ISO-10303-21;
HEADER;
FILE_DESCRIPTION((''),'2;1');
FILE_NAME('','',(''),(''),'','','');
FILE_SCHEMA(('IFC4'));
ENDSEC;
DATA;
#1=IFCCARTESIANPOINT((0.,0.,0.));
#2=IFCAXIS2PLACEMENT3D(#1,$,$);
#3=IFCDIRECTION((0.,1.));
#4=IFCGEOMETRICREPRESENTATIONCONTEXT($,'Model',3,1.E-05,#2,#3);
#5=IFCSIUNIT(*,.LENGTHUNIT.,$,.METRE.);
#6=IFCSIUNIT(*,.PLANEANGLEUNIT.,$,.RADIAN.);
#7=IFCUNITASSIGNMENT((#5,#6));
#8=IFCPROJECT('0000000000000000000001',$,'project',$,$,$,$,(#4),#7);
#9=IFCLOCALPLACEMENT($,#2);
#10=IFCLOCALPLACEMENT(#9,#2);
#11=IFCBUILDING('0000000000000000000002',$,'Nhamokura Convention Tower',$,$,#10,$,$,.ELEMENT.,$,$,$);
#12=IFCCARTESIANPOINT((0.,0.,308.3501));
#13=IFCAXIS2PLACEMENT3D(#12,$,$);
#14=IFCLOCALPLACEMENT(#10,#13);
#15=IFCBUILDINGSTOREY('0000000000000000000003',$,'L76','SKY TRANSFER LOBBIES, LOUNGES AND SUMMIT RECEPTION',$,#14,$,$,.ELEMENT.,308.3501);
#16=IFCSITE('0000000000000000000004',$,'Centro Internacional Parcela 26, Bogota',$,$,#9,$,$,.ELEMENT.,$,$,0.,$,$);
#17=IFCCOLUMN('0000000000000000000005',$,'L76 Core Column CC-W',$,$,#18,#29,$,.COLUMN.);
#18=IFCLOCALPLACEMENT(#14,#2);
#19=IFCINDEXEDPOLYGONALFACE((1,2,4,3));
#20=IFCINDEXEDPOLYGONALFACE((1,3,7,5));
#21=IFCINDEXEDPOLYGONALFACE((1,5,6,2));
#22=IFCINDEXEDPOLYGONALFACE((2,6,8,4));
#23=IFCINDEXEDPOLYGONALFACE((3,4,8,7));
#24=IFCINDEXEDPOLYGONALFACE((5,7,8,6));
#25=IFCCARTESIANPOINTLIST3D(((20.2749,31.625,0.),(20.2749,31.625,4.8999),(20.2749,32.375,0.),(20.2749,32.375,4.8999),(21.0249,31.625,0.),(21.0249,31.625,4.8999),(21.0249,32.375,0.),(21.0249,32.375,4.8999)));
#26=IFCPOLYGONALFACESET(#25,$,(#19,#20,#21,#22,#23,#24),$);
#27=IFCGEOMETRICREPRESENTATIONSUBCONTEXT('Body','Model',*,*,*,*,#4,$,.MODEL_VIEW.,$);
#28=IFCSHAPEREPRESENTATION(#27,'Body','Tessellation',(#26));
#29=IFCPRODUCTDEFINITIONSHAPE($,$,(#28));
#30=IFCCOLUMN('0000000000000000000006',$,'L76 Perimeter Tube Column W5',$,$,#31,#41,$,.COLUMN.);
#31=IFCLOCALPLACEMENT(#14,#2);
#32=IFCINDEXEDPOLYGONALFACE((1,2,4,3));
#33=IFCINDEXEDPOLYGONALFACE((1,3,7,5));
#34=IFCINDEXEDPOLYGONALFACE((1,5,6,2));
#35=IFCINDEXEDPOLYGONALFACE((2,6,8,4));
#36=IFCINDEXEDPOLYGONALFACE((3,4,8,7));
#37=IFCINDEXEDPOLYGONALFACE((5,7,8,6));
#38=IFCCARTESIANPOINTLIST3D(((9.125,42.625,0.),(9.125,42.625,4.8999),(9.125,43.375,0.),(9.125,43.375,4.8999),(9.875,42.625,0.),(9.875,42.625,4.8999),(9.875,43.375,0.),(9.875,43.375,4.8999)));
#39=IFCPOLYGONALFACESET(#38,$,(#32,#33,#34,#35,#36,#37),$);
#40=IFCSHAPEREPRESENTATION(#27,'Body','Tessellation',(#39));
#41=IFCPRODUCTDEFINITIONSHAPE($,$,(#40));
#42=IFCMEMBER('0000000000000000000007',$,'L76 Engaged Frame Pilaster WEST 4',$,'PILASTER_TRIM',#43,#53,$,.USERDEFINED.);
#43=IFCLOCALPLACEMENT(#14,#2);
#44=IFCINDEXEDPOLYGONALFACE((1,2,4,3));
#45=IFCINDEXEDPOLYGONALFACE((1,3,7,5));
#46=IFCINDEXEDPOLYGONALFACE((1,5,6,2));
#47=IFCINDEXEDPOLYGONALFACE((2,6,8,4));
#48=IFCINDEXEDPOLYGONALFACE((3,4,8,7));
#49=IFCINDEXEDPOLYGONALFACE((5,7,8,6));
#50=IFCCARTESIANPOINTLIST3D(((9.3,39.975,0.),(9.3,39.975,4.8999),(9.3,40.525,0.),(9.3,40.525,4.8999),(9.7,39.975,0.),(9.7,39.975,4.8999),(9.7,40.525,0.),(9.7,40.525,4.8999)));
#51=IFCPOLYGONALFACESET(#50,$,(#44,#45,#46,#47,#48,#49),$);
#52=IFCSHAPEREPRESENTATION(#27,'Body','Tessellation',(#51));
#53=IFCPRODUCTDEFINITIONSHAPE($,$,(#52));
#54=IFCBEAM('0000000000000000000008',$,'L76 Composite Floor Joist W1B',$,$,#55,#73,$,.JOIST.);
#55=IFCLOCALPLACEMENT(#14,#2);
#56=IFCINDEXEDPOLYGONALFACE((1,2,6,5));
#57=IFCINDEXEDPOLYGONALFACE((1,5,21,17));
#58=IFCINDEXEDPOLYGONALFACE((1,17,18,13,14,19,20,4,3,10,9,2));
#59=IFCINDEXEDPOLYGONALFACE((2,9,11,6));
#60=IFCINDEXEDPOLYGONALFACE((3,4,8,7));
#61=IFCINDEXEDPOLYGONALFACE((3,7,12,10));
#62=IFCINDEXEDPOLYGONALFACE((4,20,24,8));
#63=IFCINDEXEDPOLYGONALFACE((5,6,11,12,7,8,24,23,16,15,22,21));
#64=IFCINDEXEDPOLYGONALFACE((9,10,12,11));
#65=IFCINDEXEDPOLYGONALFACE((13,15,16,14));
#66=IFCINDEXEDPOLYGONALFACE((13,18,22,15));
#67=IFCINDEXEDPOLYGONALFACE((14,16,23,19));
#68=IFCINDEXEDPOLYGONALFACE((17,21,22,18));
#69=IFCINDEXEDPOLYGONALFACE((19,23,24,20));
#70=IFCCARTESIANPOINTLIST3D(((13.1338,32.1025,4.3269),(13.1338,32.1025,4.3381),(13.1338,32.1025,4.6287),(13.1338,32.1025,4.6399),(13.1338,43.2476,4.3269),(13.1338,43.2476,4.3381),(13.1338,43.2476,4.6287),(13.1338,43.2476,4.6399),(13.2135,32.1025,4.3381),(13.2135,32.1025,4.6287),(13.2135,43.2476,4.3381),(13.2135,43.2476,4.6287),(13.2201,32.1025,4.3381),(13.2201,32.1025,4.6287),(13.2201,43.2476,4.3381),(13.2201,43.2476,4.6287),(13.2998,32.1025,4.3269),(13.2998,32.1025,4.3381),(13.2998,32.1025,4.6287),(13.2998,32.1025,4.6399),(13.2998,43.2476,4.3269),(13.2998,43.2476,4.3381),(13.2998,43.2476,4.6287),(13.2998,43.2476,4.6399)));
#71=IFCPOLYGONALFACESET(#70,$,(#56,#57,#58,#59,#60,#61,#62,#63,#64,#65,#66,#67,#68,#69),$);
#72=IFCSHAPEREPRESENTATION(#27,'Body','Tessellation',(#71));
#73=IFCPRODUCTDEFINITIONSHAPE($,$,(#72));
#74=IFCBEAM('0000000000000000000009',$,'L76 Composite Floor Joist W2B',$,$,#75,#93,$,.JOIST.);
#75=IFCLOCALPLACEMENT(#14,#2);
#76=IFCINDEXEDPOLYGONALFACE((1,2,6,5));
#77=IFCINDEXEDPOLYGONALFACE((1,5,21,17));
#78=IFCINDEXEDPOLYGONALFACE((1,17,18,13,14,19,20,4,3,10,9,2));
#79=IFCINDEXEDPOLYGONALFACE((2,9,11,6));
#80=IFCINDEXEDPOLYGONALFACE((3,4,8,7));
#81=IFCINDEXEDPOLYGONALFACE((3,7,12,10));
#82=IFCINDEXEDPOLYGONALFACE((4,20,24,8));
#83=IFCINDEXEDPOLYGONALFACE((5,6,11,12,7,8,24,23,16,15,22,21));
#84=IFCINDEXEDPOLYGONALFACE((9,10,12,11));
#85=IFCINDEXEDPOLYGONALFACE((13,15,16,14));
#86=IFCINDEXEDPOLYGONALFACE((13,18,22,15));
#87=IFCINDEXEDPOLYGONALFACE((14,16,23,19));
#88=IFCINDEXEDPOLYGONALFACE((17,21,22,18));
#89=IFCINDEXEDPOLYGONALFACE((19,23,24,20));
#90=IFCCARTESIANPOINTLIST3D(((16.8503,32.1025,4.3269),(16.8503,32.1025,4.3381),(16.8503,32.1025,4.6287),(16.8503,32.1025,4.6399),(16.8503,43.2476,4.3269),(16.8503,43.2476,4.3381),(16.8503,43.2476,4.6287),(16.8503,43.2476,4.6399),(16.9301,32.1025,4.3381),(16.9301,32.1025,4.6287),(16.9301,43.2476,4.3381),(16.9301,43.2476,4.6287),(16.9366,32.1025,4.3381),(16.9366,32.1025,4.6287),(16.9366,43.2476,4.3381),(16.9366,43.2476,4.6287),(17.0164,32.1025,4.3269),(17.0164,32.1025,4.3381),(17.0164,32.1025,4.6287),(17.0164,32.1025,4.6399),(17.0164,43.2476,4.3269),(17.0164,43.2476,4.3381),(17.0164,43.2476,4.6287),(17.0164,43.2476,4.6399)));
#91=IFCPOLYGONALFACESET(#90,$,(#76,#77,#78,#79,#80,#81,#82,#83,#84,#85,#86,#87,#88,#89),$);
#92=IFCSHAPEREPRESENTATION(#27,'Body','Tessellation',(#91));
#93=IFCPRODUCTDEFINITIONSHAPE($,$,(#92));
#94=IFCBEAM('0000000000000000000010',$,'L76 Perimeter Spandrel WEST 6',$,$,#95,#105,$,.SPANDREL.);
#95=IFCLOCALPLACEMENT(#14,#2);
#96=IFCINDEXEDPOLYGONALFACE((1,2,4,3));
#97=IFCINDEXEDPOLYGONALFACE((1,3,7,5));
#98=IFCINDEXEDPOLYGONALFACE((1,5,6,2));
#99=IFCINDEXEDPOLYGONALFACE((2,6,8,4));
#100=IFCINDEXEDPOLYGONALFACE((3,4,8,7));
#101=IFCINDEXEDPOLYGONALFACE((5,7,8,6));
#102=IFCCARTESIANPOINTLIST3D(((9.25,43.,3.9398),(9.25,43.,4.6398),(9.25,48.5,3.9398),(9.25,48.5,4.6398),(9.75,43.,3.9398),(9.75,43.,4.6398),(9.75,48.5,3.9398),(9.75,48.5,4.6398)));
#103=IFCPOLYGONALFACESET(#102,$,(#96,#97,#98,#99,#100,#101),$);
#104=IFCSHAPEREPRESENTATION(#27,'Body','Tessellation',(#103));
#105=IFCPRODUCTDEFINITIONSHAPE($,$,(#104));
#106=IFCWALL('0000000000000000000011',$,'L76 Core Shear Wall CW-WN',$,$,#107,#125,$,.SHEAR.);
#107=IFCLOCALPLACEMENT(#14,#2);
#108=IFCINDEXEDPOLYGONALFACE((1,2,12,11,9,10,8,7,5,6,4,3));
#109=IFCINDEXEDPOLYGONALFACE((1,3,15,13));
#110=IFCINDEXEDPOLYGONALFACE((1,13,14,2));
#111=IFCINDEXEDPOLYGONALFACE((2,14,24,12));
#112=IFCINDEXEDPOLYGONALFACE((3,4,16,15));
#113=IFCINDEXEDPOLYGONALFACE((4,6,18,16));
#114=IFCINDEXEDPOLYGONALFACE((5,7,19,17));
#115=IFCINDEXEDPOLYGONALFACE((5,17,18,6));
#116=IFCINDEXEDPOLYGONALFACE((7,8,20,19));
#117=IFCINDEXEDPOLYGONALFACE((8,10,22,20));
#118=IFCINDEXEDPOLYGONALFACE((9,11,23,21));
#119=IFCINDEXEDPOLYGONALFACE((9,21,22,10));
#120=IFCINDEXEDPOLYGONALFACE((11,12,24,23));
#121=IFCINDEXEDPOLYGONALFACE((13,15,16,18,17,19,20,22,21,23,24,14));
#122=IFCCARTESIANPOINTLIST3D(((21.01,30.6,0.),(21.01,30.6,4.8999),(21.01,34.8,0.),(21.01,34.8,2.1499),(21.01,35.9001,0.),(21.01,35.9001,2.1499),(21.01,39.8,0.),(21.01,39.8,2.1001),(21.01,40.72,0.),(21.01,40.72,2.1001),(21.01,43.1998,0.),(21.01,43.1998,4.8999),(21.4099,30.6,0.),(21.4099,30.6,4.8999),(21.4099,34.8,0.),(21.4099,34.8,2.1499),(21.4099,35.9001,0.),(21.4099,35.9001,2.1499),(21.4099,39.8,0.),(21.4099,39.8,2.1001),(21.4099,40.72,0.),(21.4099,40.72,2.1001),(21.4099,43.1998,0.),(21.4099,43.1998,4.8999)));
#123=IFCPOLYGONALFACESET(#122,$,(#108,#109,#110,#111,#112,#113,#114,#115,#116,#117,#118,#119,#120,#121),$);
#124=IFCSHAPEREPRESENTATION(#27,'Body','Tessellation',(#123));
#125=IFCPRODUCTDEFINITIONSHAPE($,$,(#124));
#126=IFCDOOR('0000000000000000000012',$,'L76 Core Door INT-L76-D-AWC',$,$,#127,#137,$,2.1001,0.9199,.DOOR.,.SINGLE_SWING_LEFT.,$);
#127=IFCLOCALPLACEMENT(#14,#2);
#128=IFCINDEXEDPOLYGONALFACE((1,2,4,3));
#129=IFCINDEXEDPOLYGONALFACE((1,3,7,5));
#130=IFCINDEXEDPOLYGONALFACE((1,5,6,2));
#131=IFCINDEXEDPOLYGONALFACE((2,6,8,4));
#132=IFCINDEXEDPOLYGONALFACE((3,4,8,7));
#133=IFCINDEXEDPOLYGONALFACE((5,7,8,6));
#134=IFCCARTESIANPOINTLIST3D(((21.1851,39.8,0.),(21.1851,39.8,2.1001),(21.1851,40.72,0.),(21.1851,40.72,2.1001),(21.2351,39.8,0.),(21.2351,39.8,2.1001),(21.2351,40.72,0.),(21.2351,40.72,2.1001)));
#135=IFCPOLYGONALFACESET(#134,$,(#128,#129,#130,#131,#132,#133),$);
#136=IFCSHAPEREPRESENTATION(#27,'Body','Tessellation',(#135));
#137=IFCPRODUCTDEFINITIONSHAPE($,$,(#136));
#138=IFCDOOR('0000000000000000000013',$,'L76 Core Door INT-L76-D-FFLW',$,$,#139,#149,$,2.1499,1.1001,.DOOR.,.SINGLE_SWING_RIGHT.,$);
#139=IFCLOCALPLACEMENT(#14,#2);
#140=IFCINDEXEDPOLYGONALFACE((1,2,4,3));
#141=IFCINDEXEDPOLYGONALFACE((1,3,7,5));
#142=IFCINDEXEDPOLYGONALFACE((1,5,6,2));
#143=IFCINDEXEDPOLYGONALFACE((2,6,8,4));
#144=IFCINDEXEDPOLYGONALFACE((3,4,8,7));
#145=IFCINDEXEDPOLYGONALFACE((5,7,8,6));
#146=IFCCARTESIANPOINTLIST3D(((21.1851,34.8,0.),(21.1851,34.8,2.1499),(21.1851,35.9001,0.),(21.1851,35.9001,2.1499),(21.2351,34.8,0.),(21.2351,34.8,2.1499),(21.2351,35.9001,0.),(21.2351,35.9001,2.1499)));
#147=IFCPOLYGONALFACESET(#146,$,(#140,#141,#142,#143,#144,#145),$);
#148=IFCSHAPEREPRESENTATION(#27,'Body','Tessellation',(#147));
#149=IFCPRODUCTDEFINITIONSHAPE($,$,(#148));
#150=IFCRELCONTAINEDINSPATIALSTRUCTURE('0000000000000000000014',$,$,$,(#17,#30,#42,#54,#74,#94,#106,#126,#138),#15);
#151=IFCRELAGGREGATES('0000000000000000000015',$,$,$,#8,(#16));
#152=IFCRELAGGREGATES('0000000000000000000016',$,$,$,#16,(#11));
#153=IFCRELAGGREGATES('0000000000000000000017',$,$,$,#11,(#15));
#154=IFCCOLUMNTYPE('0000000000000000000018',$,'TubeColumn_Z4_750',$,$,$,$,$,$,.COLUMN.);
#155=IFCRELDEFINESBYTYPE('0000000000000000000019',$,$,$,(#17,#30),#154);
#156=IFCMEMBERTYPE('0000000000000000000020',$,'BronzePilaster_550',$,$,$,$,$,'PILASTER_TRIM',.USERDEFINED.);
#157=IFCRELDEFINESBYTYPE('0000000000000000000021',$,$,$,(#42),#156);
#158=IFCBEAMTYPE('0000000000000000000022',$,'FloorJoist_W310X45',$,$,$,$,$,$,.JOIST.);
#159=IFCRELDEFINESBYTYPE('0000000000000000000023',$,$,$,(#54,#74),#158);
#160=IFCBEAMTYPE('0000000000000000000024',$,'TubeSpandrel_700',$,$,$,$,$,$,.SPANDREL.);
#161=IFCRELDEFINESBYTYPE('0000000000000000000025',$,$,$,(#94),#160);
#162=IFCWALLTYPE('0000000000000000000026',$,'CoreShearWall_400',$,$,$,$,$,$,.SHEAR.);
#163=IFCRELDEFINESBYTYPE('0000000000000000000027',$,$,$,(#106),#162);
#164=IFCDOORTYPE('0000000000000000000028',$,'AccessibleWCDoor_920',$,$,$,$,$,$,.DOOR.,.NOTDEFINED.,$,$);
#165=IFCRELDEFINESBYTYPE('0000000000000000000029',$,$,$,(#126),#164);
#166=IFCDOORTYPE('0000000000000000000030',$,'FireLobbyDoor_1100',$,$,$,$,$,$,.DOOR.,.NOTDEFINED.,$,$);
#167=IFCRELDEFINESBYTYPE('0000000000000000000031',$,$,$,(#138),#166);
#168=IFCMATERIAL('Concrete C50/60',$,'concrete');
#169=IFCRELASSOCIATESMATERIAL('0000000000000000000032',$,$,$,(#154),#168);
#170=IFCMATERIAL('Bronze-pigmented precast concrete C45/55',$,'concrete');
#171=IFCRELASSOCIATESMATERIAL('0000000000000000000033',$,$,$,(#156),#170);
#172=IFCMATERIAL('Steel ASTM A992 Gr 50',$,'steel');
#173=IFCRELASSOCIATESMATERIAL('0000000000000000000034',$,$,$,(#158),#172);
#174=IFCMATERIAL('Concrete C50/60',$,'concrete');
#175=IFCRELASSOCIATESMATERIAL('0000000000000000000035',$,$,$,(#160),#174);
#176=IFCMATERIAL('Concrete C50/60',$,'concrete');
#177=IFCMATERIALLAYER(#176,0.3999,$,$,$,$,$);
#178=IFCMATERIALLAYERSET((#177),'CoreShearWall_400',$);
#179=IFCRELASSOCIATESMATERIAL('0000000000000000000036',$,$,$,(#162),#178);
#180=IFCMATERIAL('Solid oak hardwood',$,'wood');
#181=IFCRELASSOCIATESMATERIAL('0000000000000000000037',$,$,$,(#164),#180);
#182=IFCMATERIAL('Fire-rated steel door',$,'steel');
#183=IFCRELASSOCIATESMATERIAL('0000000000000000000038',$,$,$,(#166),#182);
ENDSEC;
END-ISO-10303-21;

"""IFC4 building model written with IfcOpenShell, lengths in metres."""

from ifc_helpers import new_model, si_unit, direction, frame, frame_2d, origin, origin_2d, place, context, subcontext, project, spatial, rectangle, i_section, extrude, material, layer, layer_set, material_profile, profile_set, type_object, element, fill, save


model = new_model("IFC4")

# Units and contexts
model_context = context("Model", 3, precision=1e-05, world=origin(), true_north=direction((0.0, 1.0)))
body_context = subcontext(model_context, "Body", "Model", "MODEL_VIEW")
ifc_project = project(units=[si_unit("LENGTHUNIT", "METRE"), si_unit("PLANEANGLEUNIT", "RADIAN")], contexts=[model_context])

# Site, building, storey
site_placement = place(None, origin())
site = spatial("IfcSite", under=ifc_project, at=site_placement, Name="Centro Internacional Parcela 26, Bogota", CompositionType="ELEMENT", RefElevation=0.0)
building_placement = place(site_placement, origin())
building = spatial("IfcBuilding", under=site, at=building_placement, Name="Nhamokura Convention Tower", CompositionType="ELEMENT")
storey_placement = place(building_placement, frame((0.0, 0.0, 308.3501)))
storey = spatial("IfcBuildingStorey", under=building, at=storey_placement, Name="L76", Description="SKY TRANSFER LOBBIES, LOUNGES AND SUMMIT RECEPTION", CompositionType="ELEMENT", Elevation=308.3501)

# Columns
ifc_material_1 = material(Name="Concrete C50/60", Category="concrete")
ifc_material_profile_1 = material_profile(ifc_material_1, rectangle(XDim=0.75, YDim=0.75, at=origin_2d()))
ifc_profile_set_1 = profile_set([ifc_material_profile_1], Name="Concrete C50/60")
column_type = type_object("IfcColumnType", Name="TubeColumn_Z4_750", PredefinedType="COLUMN", material=ifc_profile_set_1)
for number, where, z_axis, x_axis, name in (
    (1, (20.6499, 32.0, 0.0), (0.0, 0.0, 1.0), (1.0, 0.0, 0.0), "L76 Core Column CC-W"),
    (2, (9.5, 43.0, 0.0), (0.0, 0.0, 1.0), (1.0, 0.0, 0.0), "L76 Perimeter Tube Column W5"),
):
    element("IfcColumn", number, at=place(storey_placement, frame(where, z_axis=z_axis, x_axis=x_axis)), inside=storey, type_object=column_type, Name=name, PredefinedType="COLUMN", context=body_context, shape_type="SweptSolid", body=[
        extrude(rectangle(XDim=0.75, YDim=0.75, at=origin_2d()), origin(), (0.0, 0.0, 1.0), 4.8999),
    ])

# Member
ifc_material_2 = material(Name="Bronze-pigmented precast concrete C45/55", Category="concrete")
ifc_material_profile_2 = material_profile(ifc_material_2, rectangle(XDim=0.3999, YDim=0.55, at=origin_2d()))
ifc_profile_set_2 = profile_set([ifc_material_profile_2], Name="Bronze-pigmented precast concrete C45/55")
member_type = type_object("IfcMemberType", Name="BronzePilaster_550", ElementType="PILASTER_TRIM", PredefinedType="USERDEFINED", material=ifc_profile_set_2)
member_placement = place(storey_placement, frame((9.5, 40.25, 0.0), z_axis=(0.0, 0.0, 1.0), x_axis=(1.0, 0.0, 0.0)))
element("IfcMember", 3, at=member_placement, inside=storey, type_object=member_type, Name="L76 Engaged Frame Pilaster WEST 4", ObjectType="PILASTER_TRIM", PredefinedType="USERDEFINED", context=body_context, shape_type="SweptSolid", body=[
    extrude(rectangle(XDim=0.3999, YDim=0.55, at=origin_2d()), origin(), (0.0, 0.0, 1.0), 4.8999),
])

# Beams
ifc_material_3 = material(Name="Steel ASTM A992 Gr 50", Category="steel")
ifc_material_profile_3 = material_profile(ifc_material_3, i_section(OverallWidth=0.166, OverallDepth=0.313, WebThickness=0.0066, FlangeThickness=0.0112, at=origin_2d()))
ifc_profile_set_3 = profile_set([ifc_material_profile_3], Name="Steel ASTM A992 Gr 50")
beam_type_1 = type_object("IfcBeamType", Name="FloorJoist_W310X45", PredefinedType="JOIST", material=ifc_profile_set_3)
for number, where, z_axis, x_axis, name in (
    (4, (13.2168, 32.1025, 4.4834), (0.0, 1.0, 0.0), (-1.0, 0.0, 0.0), "L76 Composite Floor Joist W1B"),
    (5, (16.9333, 32.1025, 4.4834), (0.0, 1.0, 0.0), (-1.0, 0.0, 0.0), "L76 Composite Floor Joist W2B"),
):
    element("IfcBeam", number, at=place(storey_placement, frame(where, z_axis=z_axis, x_axis=x_axis)), inside=storey, type_object=beam_type_1, Name=name, PredefinedType="JOIST", context=body_context, shape_type="SweptSolid", body=[
        extrude(i_section(OverallWidth=0.166, OverallDepth=0.313, WebThickness=0.0066, FlangeThickness=0.0112, at=origin_2d()), origin(), (0.0, 0.0, 1.0), 11.145),
    ])
ifc_material_4 = material(Name="Concrete C50/60", Category="concrete")
ifc_material_profile_4 = material_profile(ifc_material_4, rectangle(XDim=0.5, YDim=0.7, at=origin_2d()))
ifc_profile_set_4 = profile_set([ifc_material_profile_4], Name="Concrete C50/60")
beam_type_2 = type_object("IfcBeamType", Name="TubeSpandrel_700", PredefinedType="SPANDREL", material=ifc_profile_set_4)
beam_placement = place(storey_placement, frame((9.5, 43.0, 4.2898), z_axis=(0.0, 1.0, 0.0), x_axis=(-1.0, 0.0, 0.0)))
element("IfcBeam", 6, at=beam_placement, inside=storey, type_object=beam_type_2, Name="L76 Perimeter Spandrel WEST 6", PredefinedType="SPANDREL", context=body_context, shape_type="SweptSolid", body=[
    extrude(rectangle(XDim=0.5, YDim=0.7, at=origin_2d()), origin(), (0.0, 0.0, 1.0), 5.5),
])

# Wall, openings, doors
ifc_material_5 = material(Name="Concrete C50/60", Category="concrete")
ifc_layer_1 = layer(ifc_material_5, 0.3999)
ifc_layer_set_1 = layer_set([ifc_layer_1], Name="CoreShearWall_400")
wall_type_1 = type_object("IfcWallType", Name="CoreShearWall_400", PredefinedType="SHEAR", material=ifc_layer_set_1)
wall_1_placement = place(storey_placement, frame((21.21, 30.6001, 0.0), z_axis=(0.0, 0.0, 1.0), x_axis=(0.0, 1.0, 0.0)))
wall_1 = element("IfcWall", 7, at=wall_1_placement, inside=storey, type_object=wall_type_1, Name="L76 Core Shear Wall CW-WN", PredefinedType="SHEAR", context=body_context, shape_type="SweptSolid", body=[
    extrude(rectangle(XDim=12.5999, YDim=0.3999, at=frame_2d((6.2998, 0.0))), origin(), (0.0, 0.0, 1.0), 4.8999),
])
opening_1_placement = place(wall_1_placement, frame((4.2, 0.0, 0.0)))
opening_1 = element("IfcOpeningElement", 8, at=opening_1_placement, cuts=wall_1, PredefinedType="OPENING", context=body_context, shape_type="SweptSolid", body=[
    extrude(rectangle(XDim=1.1001, YDim=2.1499, at=frame_2d((0.55, 1.075))), frame((0.0, 0.21, 0.0), z_axis=(0.0, -1.0, 0.0), x_axis=(1.0, 0.0, 0.0)), (0.0, 0.0, 1.0), 0.4199),
])
opening_2_placement = place(wall_1_placement, frame((9.2, 0.0, 0.0)))
opening_2 = element("IfcOpeningElement", 9, at=opening_2_placement, cuts=wall_1, PredefinedType="OPENING", context=body_context, shape_type="SweptSolid", body=[
    extrude(rectangle(XDim=0.9199, YDim=2.1001, at=frame_2d((0.46, 1.05))), frame((0.0, 0.21, 0.0), z_axis=(0.0, -1.0, 0.0), x_axis=(1.0, 0.0, 0.0)), (0.0, 0.0, 1.0), 0.4199),
])
ifc_material_6 = material(Name="Solid oak hardwood", Category="wood")
door_type_1 = type_object("IfcDoorType", Name="AccessibleWCDoor_920", OperationType="NOTDEFINED", PredefinedType="DOOR", material=ifc_material_6)
door_1_placement = place(opening_2_placement, origin())
door_1 = element("IfcDoor", 10, at=door_1_placement, inside=storey, type_object=door_type_1, Name="L76 Core Door INT-L76-D-AWC", OperationType="SINGLE_SWING_LEFT", OverallHeight=2.1001, OverallWidth=0.9199, PredefinedType="DOOR", context=body_context, shape_type="SweptSolid", body=[
    extrude(rectangle(XDim=0.9199, YDim=2.1001, at=frame_2d((0.46, 1.05))), frame((0.0, 0.0249, 0.0), z_axis=(0.0, -1.0, 0.0), x_axis=(1.0, 0.0, 0.0)), (0.0, 0.0, 1.0), 0.05),
])
fill(opening_2, door_1)
ifc_material_7 = material(Name="Fire-rated steel door", Category="steel")
door_type_2 = type_object("IfcDoorType", Name="FireLobbyDoor_1100", OperationType="NOTDEFINED", PredefinedType="DOOR", material=ifc_material_7)
door_2_placement = place(opening_1_placement, origin())
door_2 = element("IfcDoor", 11, at=door_2_placement, inside=storey, type_object=door_type_2, Name="L76 Core Door INT-L76-D-FFLW", OperationType="SINGLE_SWING_RIGHT", OverallHeight=2.1499, OverallWidth=1.1001, PredefinedType="DOOR", context=body_context, shape_type="SweptSolid", body=[
    extrude(rectangle(XDim=1.1001, YDim=2.1499, at=frame_2d((0.55, 1.075))), frame((0.0, 0.0249, 0.0), z_axis=(0.0, -1.0, 0.0), x_axis=(1.0, 0.0, 0.0)), (0.0, 0.0, 1.0), 0.05),
])
fill(opening_1, door_2)

save(model, "model.ifc")
